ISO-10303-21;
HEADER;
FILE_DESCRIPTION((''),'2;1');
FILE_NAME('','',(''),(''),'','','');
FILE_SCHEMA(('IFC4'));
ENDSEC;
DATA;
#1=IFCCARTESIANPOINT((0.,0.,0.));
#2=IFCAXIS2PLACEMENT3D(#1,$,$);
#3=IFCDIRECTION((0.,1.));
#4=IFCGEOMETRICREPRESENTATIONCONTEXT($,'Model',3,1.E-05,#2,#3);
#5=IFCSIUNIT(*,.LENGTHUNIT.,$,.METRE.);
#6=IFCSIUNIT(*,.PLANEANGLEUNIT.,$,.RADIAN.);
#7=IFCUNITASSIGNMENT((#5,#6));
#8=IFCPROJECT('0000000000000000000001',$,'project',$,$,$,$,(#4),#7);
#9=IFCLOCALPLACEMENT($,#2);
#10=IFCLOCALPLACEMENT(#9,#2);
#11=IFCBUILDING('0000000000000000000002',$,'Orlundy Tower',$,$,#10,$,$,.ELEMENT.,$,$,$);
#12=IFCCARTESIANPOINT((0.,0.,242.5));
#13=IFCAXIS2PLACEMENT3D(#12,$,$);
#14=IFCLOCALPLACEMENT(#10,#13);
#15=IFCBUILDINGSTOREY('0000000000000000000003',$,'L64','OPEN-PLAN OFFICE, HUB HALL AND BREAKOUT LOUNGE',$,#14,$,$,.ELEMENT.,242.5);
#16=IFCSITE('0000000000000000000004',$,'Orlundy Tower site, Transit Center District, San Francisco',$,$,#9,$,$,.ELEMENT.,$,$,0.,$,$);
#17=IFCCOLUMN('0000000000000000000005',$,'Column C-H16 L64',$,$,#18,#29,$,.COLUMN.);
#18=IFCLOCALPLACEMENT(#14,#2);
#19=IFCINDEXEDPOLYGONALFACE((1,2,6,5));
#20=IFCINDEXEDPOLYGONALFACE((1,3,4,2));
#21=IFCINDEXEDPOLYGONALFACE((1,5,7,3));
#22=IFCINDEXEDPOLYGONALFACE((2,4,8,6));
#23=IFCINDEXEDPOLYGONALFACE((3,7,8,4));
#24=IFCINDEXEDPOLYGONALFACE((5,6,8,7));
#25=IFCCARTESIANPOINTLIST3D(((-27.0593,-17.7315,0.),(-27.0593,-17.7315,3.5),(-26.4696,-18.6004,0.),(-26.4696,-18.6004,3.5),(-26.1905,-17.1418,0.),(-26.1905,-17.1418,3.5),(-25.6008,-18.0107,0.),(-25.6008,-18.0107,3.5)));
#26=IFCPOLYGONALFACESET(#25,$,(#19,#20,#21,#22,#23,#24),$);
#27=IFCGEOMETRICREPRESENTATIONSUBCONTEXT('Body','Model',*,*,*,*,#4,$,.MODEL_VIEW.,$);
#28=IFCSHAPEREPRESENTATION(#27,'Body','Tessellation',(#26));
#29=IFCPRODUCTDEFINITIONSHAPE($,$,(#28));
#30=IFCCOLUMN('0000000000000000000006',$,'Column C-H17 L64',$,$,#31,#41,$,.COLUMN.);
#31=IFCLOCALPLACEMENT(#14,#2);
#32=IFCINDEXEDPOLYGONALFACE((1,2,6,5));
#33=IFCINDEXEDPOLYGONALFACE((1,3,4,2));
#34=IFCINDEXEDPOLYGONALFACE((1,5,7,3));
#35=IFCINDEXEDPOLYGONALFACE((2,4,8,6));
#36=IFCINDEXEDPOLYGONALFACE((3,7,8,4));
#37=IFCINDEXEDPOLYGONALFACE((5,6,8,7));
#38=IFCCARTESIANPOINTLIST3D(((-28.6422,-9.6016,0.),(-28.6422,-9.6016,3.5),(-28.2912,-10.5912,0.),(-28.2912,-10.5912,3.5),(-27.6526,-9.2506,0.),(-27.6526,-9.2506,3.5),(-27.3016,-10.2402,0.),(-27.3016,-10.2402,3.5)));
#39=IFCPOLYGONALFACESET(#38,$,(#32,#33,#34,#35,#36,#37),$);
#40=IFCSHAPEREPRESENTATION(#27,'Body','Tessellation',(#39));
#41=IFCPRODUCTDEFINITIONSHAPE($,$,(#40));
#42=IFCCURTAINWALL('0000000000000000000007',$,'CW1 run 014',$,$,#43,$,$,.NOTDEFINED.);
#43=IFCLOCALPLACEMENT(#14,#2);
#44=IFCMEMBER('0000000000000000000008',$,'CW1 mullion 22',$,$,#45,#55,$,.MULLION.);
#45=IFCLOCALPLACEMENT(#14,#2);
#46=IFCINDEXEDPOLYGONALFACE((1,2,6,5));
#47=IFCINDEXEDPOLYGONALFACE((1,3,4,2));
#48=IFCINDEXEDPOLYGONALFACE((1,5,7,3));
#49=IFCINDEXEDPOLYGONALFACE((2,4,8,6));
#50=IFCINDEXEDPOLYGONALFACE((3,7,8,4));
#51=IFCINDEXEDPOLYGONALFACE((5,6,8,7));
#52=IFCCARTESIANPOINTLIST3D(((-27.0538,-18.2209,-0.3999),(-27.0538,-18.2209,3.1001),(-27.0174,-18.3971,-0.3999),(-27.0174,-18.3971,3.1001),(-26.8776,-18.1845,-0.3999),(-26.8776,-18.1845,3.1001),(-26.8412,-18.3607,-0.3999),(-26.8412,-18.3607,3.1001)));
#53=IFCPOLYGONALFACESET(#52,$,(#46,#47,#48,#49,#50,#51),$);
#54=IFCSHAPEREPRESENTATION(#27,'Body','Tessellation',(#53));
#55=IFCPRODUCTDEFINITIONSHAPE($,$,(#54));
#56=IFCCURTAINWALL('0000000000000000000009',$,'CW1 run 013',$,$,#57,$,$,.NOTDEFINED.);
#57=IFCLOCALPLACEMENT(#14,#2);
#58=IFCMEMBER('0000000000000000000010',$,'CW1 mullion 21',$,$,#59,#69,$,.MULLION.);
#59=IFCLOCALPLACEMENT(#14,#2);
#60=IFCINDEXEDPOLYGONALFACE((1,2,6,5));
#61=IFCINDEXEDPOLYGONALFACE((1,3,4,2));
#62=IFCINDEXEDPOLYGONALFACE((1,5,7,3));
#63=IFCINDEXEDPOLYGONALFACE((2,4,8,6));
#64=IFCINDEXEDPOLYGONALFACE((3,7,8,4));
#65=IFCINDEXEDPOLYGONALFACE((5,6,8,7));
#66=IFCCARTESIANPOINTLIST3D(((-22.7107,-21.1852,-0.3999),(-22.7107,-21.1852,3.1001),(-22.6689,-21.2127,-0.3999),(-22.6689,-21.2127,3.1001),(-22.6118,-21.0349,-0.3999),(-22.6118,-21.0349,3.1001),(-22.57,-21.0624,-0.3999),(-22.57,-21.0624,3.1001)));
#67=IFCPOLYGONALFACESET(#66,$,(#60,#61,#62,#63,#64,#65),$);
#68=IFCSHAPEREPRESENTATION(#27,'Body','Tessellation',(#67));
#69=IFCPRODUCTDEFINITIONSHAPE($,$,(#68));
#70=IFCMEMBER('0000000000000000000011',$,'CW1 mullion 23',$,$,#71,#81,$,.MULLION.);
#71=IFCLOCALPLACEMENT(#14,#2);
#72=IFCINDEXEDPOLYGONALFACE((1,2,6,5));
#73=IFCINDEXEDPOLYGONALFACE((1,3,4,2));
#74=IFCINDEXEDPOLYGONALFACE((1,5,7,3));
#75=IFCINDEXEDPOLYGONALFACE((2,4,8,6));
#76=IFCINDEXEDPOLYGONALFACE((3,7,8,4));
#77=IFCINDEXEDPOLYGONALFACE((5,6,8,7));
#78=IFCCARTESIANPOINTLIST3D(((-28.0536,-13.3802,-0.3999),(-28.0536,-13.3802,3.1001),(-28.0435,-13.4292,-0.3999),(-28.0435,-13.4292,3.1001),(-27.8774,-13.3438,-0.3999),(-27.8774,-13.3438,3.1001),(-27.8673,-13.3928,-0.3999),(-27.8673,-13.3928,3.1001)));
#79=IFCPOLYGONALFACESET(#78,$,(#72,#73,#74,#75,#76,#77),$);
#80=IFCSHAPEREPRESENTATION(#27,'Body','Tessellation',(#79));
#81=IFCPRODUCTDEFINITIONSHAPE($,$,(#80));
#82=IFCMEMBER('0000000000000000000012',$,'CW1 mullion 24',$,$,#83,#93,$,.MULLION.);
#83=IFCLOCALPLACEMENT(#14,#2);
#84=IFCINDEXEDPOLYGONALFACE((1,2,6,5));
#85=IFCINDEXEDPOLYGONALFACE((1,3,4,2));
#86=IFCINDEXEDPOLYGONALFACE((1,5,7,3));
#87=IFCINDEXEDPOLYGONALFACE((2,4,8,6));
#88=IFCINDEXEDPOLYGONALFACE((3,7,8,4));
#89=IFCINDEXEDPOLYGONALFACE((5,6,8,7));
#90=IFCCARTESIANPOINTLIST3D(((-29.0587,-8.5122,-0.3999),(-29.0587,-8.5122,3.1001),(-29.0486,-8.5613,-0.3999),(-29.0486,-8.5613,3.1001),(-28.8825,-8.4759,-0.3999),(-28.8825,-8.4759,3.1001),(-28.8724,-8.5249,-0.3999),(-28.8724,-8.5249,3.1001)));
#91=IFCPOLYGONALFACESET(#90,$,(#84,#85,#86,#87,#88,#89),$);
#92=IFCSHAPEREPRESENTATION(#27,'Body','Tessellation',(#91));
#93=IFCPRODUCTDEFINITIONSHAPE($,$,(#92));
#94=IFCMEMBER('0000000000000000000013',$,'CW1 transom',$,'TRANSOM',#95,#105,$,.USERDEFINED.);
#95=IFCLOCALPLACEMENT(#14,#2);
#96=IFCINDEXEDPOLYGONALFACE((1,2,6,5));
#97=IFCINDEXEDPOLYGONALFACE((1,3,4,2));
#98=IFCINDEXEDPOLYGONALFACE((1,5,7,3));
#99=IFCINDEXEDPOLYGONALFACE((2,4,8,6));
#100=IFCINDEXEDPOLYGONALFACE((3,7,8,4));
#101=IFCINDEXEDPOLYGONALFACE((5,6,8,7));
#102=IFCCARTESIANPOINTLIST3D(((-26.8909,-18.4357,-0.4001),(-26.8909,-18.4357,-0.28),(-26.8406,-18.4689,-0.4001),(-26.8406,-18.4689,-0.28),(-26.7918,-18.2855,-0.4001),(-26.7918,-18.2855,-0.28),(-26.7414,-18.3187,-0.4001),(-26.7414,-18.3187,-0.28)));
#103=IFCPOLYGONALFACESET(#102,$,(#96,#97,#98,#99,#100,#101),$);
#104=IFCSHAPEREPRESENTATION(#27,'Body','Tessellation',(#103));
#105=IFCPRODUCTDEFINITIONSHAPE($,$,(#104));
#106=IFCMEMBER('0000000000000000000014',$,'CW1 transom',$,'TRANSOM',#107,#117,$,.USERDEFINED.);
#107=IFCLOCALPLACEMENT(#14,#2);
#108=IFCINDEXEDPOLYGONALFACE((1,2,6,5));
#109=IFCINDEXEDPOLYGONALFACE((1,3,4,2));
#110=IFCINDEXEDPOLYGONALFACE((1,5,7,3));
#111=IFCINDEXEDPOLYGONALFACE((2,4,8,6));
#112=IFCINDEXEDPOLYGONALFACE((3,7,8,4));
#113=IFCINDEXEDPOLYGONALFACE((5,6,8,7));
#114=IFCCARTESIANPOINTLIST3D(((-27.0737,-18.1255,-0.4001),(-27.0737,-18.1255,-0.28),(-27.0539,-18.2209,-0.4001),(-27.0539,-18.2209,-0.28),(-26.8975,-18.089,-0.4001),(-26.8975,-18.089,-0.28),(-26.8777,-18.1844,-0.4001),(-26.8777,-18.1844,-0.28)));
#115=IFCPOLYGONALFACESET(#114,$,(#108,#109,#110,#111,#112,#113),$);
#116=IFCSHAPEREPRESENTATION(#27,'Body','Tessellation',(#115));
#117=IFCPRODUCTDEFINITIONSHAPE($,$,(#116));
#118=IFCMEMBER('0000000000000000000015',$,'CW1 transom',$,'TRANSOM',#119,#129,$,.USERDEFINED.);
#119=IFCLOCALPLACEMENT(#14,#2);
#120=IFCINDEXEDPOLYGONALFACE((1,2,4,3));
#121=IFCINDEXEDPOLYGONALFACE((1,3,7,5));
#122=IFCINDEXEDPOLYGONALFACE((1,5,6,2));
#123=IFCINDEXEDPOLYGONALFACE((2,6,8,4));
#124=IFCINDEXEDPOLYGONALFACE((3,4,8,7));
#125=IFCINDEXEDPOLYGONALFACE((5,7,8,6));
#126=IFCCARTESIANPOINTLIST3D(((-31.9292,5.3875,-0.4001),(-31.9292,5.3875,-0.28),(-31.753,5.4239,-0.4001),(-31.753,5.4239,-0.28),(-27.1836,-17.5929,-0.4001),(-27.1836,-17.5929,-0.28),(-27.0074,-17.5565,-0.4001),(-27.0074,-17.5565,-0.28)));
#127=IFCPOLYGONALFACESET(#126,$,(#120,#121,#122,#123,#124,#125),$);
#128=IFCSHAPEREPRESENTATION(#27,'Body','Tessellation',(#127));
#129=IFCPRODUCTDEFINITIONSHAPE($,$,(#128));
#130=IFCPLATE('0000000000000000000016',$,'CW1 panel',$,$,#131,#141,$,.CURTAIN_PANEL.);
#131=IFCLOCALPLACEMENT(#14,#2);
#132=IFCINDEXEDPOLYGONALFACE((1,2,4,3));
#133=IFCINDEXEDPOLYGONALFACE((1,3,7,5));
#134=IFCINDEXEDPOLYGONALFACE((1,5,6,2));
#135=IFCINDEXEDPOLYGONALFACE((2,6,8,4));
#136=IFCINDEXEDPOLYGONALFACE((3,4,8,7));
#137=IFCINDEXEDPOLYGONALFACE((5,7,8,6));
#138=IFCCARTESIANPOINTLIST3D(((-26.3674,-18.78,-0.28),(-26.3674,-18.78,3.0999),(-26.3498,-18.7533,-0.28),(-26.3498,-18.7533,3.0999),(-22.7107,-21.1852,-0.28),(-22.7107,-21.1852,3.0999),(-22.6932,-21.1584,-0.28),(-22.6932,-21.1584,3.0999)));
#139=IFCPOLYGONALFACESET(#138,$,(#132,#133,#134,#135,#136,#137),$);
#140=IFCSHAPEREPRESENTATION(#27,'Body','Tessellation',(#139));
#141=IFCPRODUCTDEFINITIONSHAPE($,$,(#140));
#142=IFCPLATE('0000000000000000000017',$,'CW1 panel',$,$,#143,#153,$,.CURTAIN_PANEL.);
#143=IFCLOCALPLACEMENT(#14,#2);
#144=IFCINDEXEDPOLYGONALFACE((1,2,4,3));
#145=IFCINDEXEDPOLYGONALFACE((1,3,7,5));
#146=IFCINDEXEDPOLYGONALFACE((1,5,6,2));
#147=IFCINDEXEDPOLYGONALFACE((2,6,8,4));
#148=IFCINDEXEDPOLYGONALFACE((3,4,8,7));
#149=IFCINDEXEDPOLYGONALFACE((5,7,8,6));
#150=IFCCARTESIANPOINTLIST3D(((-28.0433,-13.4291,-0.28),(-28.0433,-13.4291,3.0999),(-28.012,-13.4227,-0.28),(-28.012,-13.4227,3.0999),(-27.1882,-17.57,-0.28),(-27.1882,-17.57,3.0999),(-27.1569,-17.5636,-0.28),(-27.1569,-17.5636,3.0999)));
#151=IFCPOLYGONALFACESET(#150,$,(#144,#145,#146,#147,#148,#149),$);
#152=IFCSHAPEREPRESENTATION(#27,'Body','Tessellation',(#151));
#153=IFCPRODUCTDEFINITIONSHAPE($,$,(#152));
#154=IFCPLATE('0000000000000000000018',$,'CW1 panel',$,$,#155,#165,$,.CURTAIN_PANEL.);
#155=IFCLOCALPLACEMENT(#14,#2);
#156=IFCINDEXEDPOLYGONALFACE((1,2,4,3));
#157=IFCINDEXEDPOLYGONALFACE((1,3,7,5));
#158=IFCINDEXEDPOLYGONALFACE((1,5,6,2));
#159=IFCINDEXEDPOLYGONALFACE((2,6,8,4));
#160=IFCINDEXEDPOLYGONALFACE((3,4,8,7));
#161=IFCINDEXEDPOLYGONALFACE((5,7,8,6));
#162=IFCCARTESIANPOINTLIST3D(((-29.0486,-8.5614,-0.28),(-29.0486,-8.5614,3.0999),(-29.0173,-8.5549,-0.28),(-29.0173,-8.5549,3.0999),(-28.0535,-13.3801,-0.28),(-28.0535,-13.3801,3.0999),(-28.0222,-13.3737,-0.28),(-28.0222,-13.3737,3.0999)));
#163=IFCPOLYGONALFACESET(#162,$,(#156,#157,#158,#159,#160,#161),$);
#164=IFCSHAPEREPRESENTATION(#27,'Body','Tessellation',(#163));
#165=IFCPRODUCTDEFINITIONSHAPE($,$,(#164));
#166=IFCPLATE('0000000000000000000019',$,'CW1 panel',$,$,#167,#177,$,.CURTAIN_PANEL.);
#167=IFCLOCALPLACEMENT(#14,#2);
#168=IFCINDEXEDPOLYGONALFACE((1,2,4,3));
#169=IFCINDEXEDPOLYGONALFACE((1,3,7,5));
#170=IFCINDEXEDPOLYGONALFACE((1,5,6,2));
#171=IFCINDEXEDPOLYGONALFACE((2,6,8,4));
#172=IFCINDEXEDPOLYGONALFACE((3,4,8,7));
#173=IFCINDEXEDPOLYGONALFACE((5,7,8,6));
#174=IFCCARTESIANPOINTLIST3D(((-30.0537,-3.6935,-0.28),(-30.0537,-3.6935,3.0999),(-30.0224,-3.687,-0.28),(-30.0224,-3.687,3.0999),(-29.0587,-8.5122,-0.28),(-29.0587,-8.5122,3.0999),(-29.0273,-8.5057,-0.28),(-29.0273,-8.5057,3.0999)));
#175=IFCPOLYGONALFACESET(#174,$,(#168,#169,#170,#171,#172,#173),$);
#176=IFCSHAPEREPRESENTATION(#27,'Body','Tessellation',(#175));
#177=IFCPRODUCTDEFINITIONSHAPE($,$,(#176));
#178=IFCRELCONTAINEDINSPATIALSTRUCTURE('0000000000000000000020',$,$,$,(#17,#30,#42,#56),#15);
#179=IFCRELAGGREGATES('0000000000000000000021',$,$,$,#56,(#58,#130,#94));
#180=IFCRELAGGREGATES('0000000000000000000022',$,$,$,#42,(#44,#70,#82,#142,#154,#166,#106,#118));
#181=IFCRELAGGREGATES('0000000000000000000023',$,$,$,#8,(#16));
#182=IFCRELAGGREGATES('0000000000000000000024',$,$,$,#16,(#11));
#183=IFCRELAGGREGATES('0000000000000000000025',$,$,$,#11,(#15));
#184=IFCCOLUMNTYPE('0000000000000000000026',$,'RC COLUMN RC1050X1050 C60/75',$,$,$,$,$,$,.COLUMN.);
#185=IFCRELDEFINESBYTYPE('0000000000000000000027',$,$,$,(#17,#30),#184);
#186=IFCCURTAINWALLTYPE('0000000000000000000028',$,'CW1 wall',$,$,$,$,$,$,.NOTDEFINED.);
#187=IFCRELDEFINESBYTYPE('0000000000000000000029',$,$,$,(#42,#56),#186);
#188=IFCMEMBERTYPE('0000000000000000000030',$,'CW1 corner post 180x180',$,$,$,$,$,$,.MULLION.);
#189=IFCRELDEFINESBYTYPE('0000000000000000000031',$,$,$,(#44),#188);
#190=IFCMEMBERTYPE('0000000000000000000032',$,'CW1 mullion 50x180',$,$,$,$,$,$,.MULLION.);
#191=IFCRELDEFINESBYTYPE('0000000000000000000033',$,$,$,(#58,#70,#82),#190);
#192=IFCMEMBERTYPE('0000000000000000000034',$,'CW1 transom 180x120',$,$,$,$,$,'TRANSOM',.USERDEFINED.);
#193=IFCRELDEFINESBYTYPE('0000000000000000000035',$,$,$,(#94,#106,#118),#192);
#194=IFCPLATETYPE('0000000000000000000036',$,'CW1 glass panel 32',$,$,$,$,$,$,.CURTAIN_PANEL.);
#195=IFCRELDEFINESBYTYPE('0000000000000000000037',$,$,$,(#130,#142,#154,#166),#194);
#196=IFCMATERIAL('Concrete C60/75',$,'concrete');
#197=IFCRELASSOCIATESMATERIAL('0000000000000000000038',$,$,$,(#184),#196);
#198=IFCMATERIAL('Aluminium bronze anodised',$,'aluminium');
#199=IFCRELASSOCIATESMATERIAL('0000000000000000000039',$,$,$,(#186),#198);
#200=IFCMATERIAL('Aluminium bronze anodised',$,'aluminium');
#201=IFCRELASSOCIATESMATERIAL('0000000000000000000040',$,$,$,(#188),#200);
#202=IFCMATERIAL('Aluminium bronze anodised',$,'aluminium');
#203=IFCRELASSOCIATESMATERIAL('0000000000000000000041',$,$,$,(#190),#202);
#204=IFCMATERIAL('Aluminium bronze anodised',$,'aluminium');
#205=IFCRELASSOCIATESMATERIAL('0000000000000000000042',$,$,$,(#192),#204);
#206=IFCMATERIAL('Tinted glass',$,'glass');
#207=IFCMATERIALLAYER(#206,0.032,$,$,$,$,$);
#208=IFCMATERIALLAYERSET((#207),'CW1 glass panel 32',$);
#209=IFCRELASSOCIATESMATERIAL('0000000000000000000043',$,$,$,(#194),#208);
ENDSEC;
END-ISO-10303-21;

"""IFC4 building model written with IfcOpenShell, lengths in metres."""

from ifc_helpers import new_model, si_unit, direction, frame, origin, origin_2d, place, context, subcontext, project, spatial, rectangle, extrude, material, layer, layer_set, material_profile, profile_set, type_object, element, aggregate, save


model = new_model("IFC4")

# Units and contexts
model_context = context("Model", 3, precision=1e-05, world=origin(), true_north=direction((0.0, 1.0)))
body_context = subcontext(model_context, "Body", "Model", "MODEL_VIEW")
ifc_project = project(units=[si_unit("LENGTHUNIT", "METRE"), si_unit("PLANEANGLEUNIT", "RADIAN")], contexts=[model_context])

# Site, building, storey
site_placement = place(None, origin())
site = spatial("IfcSite", under=ifc_project, at=site_placement, Name="Orlundy Tower site, Transit Center District, San Francisco", CompositionType="ELEMENT", RefElevation=0.0)
building_placement = place(site_placement, origin())
building = spatial("IfcBuilding", under=site, at=building_placement, Name="Orlundy Tower", CompositionType="ELEMENT")
storey_placement = place(building_placement, frame((0.0, 0.0, 242.5)))
storey = spatial("IfcBuildingStorey", under=building, at=storey_placement, Name="L64", Description="OPEN-PLAN OFFICE, HUB HALL AND BREAKOUT LOUNGE", CompositionType="ELEMENT", Elevation=242.5)

# Columns
ifc_material_1 = material(Name="Concrete C60/75", Category="concrete")
ifc_material_profile_1 = material_profile(ifc_material_1, rectangle(XDim=1.05, YDim=1.05, at=origin_2d()), Name="RC1050X1050")
ifc_profile_set_1 = profile_set([ifc_material_profile_1], Name="Concrete C60/75")
column_type = type_object("IfcColumnType", Name="RC COLUMN RC1050X1050 C60/75", PredefinedType="COLUMN", material=ifc_profile_set_1)
for number, where, z_axis, x_axis, name in (
    (1, (-26.3301, -17.8711, 0.0), (0.0, 0.0, 1.0), (-0.827414, -0.561592, 0.0), "Column C-H16 L64"),
    (2, (-27.9719, -9.9209, 0.0), (0.0, 0.0, 1.0), (-0.942478, -0.334267, 0.0), "Column C-H17 L64"),
):
    element("IfcColumn", number, at=place(storey_placement, frame(where, z_axis=z_axis, x_axis=x_axis)), inside=storey, type_object=column_type, Name=name, PredefinedType="COLUMN", context=body_context, shape_type="SweptSolid", body=[
        extrude(rectangle(XDim=1.05, YDim=1.05, at=origin_2d()), origin(), (0.0, 0.0, 1.0), 3.5),
    ])

# Curtain walls, members
ifc_material_2 = material(Name="Aluminium bronze anodised", Category="aluminium")
curtain_wall_type = type_object("IfcCurtainWallType", Name="CW1 wall", PredefinedType="NOTDEFINED", material=ifc_material_2)
curtain_wall_1_placement = place(storey_placement, origin())
curtain_wall_1 = element("IfcCurtainWall", 3, at=curtain_wall_1_placement, inside=storey, type_object=curtain_wall_type, Name="CW1 run 014", PredefinedType="NOTDEFINED")
ifc_material_3 = material(Name="Aluminium bronze anodised", Category="aluminium")
ifc_material_profile_2 = material_profile(ifc_material_3, rectangle(XDim=0.1799, YDim=0.1799, at=origin_2d()), Name="CW1 corner post 180x180")
ifc_profile_set_2 = profile_set([ifc_material_profile_2], Name="Aluminium bronze anodised")
member_type_1 = type_object("IfcMemberType", Name="CW1 corner post 180x180", PredefinedType="MULLION", material=ifc_profile_set_2)
member_1_placement = place(storey_placement, frame((-26.9475, -18.2908, -0.3999), z_axis=(0.0, 0.0, 1.0), x_axis=(-0.979337, -0.202233, 0.0)))
member_1 = element("IfcMember", 4, at=member_1_placement, type_object=member_type_1, Name="CW1 mullion 22", PredefinedType="MULLION", context=body_context, shape_type="SweptSolid", body=[
    extrude(rectangle(XDim=0.1799, YDim=0.1799, at=origin_2d()), origin(), (0.0, 0.0, 1.0), 3.5),
])
curtain_wall_2_placement = place(storey_placement, origin())
curtain_wall_2 = element("IfcCurtainWall", 5, at=curtain_wall_2_placement, inside=storey, type_object=curtain_wall_type, Name="CW1 run 013", PredefinedType="NOTDEFINED")
ifc_material_4 = material(Name="Aluminium bronze anodised", Category="aluminium")
ifc_material_profile_3 = material_profile(ifc_material_4, rectangle(XDim=0.1799, YDim=0.05, at=origin_2d()), Name="CW1 mullion 50x180")
ifc_profile_set_3 = profile_set([ifc_material_profile_3], Name="Aluminium bronze anodised")
member_type_2 = type_object("IfcMemberType", Name="CW1 mullion 50x180", PredefinedType="MULLION", material=ifc_profile_set_3)
member_2_placement = place(storey_placement, frame((-22.6404, -21.1238, -0.3999), z_axis=(0.0, 0.0, 1.0), x_axis=(-0.549527, -0.835476, 0.0)))
member_2 = element("IfcMember", 6, at=member_2_placement, type_object=member_type_2, Name="CW1 mullion 21", PredefinedType="MULLION", context=body_context, shape_type="SweptSolid", body=[
    extrude(rectangle(XDim=0.1799, YDim=0.05, at=origin_2d()), origin(), (0.0, 0.0, 1.0), 3.5),
])

# Members
member_3_placement = place(storey_placement, frame((-27.9604, -13.3865, -0.3999), z_axis=(0.0, 0.0, 1.0), x_axis=(-0.979337, -0.202233, 0.0)))
member_3 = element("IfcMember", 7, at=member_3_placement, type_object=member_type_2, Name="CW1 mullion 23", PredefinedType="MULLION", context=body_context, shape_type="SweptSolid", body=[
    extrude(rectangle(XDim=0.1799, YDim=0.05, at=origin_2d()), origin(), (0.0, 0.0, 1.0), 3.5),
])
member_4_placement = place(storey_placement, frame((-28.9656, -8.5186, -0.3999), z_axis=(0.0, 0.0, 1.0), x_axis=(-0.979337, -0.202233, 0.0)))
member_4 = element("IfcMember", 8, at=member_4_placement, type_object=member_type_2, Name="CW1 mullion 24", PredefinedType="MULLION", context=body_context, shape_type="SweptSolid", body=[
    extrude(rectangle(XDim=0.1799, YDim=0.05, at=origin_2d()), origin(), (0.0, 0.0, 1.0), 3.5),
])
ifc_material_5 = material(Name="Aluminium bronze anodised", Category="aluminium")
ifc_material_profile_4 = material_profile(ifc_material_5, rectangle(XDim=0.1799, YDim=0.1201, at=origin_2d()), Name="CW1 transom 180x120")
ifc_profile_set_4 = profile_set([ifc_material_profile_4], Name="Aluminium bronze anodised")
member_type_3 = type_object("IfcMemberType", Name="CW1 transom 180x120", ElementType="TRANSOM", PredefinedType="USERDEFINED", material=ifc_profile_set_4)
member_5_placement = place(storey_placement, frame((-26.791, -18.3938, -0.3401), z_axis=(-0.834535, 0.550955, 0.0), x_axis=(-0.550955, -0.834535, 0.0)))
member_5 = element("IfcMember", 9, at=member_5_placement, type_object=member_type_3, Name="CW1 transom", ObjectType="TRANSOM", PredefinedType="USERDEFINED", context=body_context, shape_type="SweptSolid", body=[
    extrude(rectangle(XDim=0.1799, YDim=0.1201, at=origin_2d()), origin(), (0.0, 0.0, 1.0), 0.0603),
])
member_6_placement = place(storey_placement, frame((-26.9658, -18.2026, -0.3401), z_axis=(-0.202854, 0.979209, 0.0), x_axis=(-0.979209, -0.202854, 0.0)))
member_6 = element("IfcMember", 10, at=member_6_placement, type_object=member_type_3, Name="CW1 transom", ObjectType="TRANSOM", PredefinedType="USERDEFINED", context=body_context, shape_type="SweptSolid", body=[
    extrude(rectangle(XDim=0.1799, YDim=0.1201, at=origin_2d()), origin(), (0.0, 0.0, 1.0), 0.0974),
])
member_7_placement = place(storey_placement, frame((-27.0955, -17.5747, -0.3401), z_axis=(-0.202239, 0.979336, 0.0), x_axis=(-0.979336, -0.202239, 0.0)))
member_7 = element("IfcMember", 11, at=member_7_placement, type_object=member_type_3, Name="CW1 transom", ObjectType="TRANSOM", PredefinedType="USERDEFINED", context=body_context, shape_type="SweptSolid", body=[
    extrude(rectangle(XDim=0.1799, YDim=0.1201, at=origin_2d()), origin(), (0.0, 0.0, 1.0), 23.4653),
])

# Plates
ifc_material_6 = material(Name="Tinted glass", Category="glass")
ifc_layer_1 = layer(ifc_material_6, 0.032)
ifc_layer_set_1 = layer_set([ifc_layer_1], Name="CW1 glass panel 32")
plate_type = type_object("IfcPlateType", Name="CW1 glass panel 32", PredefinedType="CURTAIN_PANEL", material=ifc_layer_set_1)
plate_1_placement = place(storey_placement, frame((-24.5303, -19.9692, -0.28), z_axis=(0.0, 0.0, 1.0), x_axis=(-0.835476, 0.549527, 0.0)))
plate_1 = element("IfcPlate", 12, at=plate_1_placement, type_object=plate_type, Name="CW1 panel", PredefinedType="CURTAIN_PANEL", context=body_context, shape_type="SweptSolid", body=[
    extrude(rectangle(XDim=4.3767, YDim=0.032, at=origin_2d()), origin(), (0.0, 0.0, 1.0), 3.3799),
])
aggregate(curtain_wall_2, [member_2, plate_1, member_5])
plate_2_placement = place(storey_placement, frame((-27.6001, -15.4963, -0.28), z_axis=(0.0, 0.0, 1.0), x_axis=(-0.202233, 0.979337, 0.0)))
plate_2 = element("IfcPlate", 13, at=plate_2_placement, type_object=plate_type, Name="CW1 panel", PredefinedType="CURTAIN_PANEL", context=body_context, shape_type="SweptSolid", body=[
    extrude(rectangle(XDim=4.2283, YDim=0.032, at=origin_2d()), origin(), (0.0, 0.0, 1.0), 3.3799),
])
plate_3_placement = place(storey_placement, frame((-28.5354, -10.9675, -0.28), z_axis=(0.0, 0.0, 1.0), x_axis=(-0.202233, 0.979337, 0.0)))
plate_3 = element("IfcPlate", 14, at=plate_3_placement, type_object=plate_type, Name="CW1 panel", PredefinedType="CURTAIN_PANEL", context=body_context, shape_type="SweptSolid", body=[
    extrude(rectangle(XDim=4.9204, YDim=0.032, at=origin_2d()), origin(), (0.0, 0.0, 1.0), 3.3799),
])
plate_4_placement = place(storey_placement, frame((-29.5405, -6.0996, -0.28), z_axis=(0.0, 0.0, 1.0), x_axis=(-0.202233, 0.979337, 0.0)))
plate_4 = element("IfcPlate", 15, at=plate_4_placement, type_object=plate_type, Name="CW1 panel", PredefinedType="CURTAIN_PANEL", context=body_context, shape_type="SweptSolid", body=[
    extrude(rectangle(XDim=4.9204, YDim=0.032, at=origin_2d()), origin(), (0.0, 0.0, 1.0), 3.3799),
])
aggregate(curtain_wall_1, [member_1, member_3, member_4, plate_2, plate_3, plate_4, member_6, member_7])

save(model, "model.ifc")
